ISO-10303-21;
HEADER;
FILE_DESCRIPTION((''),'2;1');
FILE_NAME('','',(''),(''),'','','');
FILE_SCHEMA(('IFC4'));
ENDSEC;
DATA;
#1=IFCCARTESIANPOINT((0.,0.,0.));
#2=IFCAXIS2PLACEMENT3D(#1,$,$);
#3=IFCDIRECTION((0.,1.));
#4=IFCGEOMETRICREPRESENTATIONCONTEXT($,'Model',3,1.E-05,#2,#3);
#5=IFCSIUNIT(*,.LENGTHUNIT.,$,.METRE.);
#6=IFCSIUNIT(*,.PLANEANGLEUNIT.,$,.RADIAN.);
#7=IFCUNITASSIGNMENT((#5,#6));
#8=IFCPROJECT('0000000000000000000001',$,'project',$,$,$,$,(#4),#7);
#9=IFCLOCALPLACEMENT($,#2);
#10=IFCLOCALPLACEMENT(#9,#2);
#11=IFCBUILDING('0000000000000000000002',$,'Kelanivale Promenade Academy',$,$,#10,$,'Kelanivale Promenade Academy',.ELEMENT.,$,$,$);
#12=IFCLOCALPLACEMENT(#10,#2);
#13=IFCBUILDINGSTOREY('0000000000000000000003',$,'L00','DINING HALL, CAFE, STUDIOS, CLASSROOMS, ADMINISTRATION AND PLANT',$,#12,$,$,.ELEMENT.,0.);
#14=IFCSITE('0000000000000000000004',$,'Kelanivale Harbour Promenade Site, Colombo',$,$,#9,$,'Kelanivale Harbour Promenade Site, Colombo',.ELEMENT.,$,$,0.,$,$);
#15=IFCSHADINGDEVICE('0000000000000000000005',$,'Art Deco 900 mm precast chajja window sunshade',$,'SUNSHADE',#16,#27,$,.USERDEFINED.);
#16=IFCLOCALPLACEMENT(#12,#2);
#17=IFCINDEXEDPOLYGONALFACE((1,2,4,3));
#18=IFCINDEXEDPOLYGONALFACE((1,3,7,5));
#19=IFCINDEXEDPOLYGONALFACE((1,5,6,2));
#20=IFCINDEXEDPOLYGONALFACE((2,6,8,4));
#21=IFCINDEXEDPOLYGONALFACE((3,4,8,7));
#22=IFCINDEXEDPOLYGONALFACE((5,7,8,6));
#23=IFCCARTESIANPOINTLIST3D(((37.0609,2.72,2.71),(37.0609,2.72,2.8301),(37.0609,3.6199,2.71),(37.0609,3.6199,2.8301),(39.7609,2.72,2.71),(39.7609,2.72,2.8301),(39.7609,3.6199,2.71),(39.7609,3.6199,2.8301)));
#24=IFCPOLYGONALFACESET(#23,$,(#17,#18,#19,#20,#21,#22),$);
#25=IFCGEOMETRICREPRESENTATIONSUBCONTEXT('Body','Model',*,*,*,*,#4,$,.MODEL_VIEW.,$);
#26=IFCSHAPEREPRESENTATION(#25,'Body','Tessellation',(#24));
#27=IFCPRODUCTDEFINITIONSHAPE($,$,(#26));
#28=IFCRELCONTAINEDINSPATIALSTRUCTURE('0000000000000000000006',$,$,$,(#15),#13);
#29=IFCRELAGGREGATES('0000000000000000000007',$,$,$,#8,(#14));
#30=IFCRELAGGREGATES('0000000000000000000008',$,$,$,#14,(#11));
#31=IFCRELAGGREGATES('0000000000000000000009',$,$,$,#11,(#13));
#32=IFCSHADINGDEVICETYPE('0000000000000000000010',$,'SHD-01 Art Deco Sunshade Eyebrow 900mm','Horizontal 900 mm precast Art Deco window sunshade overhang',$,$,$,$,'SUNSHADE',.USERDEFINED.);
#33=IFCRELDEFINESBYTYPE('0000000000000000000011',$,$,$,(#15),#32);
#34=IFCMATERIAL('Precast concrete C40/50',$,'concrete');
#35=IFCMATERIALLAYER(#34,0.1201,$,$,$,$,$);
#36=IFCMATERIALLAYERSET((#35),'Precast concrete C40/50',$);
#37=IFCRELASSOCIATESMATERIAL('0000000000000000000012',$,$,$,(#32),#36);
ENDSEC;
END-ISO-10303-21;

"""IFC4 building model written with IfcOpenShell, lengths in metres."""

from ifc_helpers import new_model, si_unit, direction, frame, origin, origin_2d, place, context, subcontext, project, spatial, rectangle, extrude, material, layer, layer_set, type_object, element, save


model = new_model("IFC4")

# Units and contexts
model_context = context("Model", 3, precision=1e-05, world=origin(), true_north=direction((0.0, 1.0)))
body_context = subcontext(model_context, "Body", "Model", "MODEL_VIEW")
ifc_project = project(units=[si_unit("LENGTHUNIT", "METRE"), si_unit("PLANEANGLEUNIT", "RADIAN")], contexts=[model_context])

# Site, building, storey
site_placement = place(None, origin())
site = spatial("IfcSite", under=ifc_project, at=site_placement, Name="Kelanivale Harbour Promenade Site, Colombo", LongName="Kelanivale Harbour Promenade Site, Colombo", CompositionType="ELEMENT", RefElevation=0.0)
building_placement = place(site_placement, origin())
building = spatial("IfcBuilding", under=site, at=building_placement, Name="Kelanivale Promenade Academy", LongName="Kelanivale Promenade Academy", CompositionType="ELEMENT")
storey_placement = place(building_placement, origin())
storey = spatial("IfcBuildingStorey", under=building, at=storey_placement, Name="L00", Description="DINING HALL, CAFE, STUDIOS, CLASSROOMS, ADMINISTRATION AND PLANT", CompositionType="ELEMENT", Elevation=0.0)

# Shading device
ifc_material_1 = material(Name="Precast concrete C40/50", Category="concrete")
ifc_layer_1 = layer(ifc_material_1, 0.1201)
ifc_layer_set_1 = layer_set([ifc_layer_1], Name="Precast concrete C40/50")
shading_device_type = type_object("IfcShadingDeviceType", Name="SHD-01 Art Deco Sunshade Eyebrow 900mm", Description="Horizontal 900 mm precast Art Deco window sunshade overhang", ElementType="SUNSHADE", PredefinedType="USERDEFINED", material=ifc_layer_set_1)
shading_device_1_placement = place(storey_placement, frame((38.4109, 3.1699, 2.71), z_axis=(0.0, 0.0, 1.0), x_axis=(1.0, 0.0, 0.0)))
element("IfcShadingDevice", 1, at=shading_device_1_placement, inside=storey, type_object=shading_device_type, Name="Art Deco 900 mm precast chajja window sunshade", ObjectType="SUNSHADE", PredefinedType="USERDEFINED", context=body_context, shape_type="SweptSolid", body=[
    extrude(rectangle(XDim=2.7, YDim=0.8999, at=origin_2d()), origin(), (0.0, 0.0, 1.0), 0.1201),
])

save(model, "model.ifc")
